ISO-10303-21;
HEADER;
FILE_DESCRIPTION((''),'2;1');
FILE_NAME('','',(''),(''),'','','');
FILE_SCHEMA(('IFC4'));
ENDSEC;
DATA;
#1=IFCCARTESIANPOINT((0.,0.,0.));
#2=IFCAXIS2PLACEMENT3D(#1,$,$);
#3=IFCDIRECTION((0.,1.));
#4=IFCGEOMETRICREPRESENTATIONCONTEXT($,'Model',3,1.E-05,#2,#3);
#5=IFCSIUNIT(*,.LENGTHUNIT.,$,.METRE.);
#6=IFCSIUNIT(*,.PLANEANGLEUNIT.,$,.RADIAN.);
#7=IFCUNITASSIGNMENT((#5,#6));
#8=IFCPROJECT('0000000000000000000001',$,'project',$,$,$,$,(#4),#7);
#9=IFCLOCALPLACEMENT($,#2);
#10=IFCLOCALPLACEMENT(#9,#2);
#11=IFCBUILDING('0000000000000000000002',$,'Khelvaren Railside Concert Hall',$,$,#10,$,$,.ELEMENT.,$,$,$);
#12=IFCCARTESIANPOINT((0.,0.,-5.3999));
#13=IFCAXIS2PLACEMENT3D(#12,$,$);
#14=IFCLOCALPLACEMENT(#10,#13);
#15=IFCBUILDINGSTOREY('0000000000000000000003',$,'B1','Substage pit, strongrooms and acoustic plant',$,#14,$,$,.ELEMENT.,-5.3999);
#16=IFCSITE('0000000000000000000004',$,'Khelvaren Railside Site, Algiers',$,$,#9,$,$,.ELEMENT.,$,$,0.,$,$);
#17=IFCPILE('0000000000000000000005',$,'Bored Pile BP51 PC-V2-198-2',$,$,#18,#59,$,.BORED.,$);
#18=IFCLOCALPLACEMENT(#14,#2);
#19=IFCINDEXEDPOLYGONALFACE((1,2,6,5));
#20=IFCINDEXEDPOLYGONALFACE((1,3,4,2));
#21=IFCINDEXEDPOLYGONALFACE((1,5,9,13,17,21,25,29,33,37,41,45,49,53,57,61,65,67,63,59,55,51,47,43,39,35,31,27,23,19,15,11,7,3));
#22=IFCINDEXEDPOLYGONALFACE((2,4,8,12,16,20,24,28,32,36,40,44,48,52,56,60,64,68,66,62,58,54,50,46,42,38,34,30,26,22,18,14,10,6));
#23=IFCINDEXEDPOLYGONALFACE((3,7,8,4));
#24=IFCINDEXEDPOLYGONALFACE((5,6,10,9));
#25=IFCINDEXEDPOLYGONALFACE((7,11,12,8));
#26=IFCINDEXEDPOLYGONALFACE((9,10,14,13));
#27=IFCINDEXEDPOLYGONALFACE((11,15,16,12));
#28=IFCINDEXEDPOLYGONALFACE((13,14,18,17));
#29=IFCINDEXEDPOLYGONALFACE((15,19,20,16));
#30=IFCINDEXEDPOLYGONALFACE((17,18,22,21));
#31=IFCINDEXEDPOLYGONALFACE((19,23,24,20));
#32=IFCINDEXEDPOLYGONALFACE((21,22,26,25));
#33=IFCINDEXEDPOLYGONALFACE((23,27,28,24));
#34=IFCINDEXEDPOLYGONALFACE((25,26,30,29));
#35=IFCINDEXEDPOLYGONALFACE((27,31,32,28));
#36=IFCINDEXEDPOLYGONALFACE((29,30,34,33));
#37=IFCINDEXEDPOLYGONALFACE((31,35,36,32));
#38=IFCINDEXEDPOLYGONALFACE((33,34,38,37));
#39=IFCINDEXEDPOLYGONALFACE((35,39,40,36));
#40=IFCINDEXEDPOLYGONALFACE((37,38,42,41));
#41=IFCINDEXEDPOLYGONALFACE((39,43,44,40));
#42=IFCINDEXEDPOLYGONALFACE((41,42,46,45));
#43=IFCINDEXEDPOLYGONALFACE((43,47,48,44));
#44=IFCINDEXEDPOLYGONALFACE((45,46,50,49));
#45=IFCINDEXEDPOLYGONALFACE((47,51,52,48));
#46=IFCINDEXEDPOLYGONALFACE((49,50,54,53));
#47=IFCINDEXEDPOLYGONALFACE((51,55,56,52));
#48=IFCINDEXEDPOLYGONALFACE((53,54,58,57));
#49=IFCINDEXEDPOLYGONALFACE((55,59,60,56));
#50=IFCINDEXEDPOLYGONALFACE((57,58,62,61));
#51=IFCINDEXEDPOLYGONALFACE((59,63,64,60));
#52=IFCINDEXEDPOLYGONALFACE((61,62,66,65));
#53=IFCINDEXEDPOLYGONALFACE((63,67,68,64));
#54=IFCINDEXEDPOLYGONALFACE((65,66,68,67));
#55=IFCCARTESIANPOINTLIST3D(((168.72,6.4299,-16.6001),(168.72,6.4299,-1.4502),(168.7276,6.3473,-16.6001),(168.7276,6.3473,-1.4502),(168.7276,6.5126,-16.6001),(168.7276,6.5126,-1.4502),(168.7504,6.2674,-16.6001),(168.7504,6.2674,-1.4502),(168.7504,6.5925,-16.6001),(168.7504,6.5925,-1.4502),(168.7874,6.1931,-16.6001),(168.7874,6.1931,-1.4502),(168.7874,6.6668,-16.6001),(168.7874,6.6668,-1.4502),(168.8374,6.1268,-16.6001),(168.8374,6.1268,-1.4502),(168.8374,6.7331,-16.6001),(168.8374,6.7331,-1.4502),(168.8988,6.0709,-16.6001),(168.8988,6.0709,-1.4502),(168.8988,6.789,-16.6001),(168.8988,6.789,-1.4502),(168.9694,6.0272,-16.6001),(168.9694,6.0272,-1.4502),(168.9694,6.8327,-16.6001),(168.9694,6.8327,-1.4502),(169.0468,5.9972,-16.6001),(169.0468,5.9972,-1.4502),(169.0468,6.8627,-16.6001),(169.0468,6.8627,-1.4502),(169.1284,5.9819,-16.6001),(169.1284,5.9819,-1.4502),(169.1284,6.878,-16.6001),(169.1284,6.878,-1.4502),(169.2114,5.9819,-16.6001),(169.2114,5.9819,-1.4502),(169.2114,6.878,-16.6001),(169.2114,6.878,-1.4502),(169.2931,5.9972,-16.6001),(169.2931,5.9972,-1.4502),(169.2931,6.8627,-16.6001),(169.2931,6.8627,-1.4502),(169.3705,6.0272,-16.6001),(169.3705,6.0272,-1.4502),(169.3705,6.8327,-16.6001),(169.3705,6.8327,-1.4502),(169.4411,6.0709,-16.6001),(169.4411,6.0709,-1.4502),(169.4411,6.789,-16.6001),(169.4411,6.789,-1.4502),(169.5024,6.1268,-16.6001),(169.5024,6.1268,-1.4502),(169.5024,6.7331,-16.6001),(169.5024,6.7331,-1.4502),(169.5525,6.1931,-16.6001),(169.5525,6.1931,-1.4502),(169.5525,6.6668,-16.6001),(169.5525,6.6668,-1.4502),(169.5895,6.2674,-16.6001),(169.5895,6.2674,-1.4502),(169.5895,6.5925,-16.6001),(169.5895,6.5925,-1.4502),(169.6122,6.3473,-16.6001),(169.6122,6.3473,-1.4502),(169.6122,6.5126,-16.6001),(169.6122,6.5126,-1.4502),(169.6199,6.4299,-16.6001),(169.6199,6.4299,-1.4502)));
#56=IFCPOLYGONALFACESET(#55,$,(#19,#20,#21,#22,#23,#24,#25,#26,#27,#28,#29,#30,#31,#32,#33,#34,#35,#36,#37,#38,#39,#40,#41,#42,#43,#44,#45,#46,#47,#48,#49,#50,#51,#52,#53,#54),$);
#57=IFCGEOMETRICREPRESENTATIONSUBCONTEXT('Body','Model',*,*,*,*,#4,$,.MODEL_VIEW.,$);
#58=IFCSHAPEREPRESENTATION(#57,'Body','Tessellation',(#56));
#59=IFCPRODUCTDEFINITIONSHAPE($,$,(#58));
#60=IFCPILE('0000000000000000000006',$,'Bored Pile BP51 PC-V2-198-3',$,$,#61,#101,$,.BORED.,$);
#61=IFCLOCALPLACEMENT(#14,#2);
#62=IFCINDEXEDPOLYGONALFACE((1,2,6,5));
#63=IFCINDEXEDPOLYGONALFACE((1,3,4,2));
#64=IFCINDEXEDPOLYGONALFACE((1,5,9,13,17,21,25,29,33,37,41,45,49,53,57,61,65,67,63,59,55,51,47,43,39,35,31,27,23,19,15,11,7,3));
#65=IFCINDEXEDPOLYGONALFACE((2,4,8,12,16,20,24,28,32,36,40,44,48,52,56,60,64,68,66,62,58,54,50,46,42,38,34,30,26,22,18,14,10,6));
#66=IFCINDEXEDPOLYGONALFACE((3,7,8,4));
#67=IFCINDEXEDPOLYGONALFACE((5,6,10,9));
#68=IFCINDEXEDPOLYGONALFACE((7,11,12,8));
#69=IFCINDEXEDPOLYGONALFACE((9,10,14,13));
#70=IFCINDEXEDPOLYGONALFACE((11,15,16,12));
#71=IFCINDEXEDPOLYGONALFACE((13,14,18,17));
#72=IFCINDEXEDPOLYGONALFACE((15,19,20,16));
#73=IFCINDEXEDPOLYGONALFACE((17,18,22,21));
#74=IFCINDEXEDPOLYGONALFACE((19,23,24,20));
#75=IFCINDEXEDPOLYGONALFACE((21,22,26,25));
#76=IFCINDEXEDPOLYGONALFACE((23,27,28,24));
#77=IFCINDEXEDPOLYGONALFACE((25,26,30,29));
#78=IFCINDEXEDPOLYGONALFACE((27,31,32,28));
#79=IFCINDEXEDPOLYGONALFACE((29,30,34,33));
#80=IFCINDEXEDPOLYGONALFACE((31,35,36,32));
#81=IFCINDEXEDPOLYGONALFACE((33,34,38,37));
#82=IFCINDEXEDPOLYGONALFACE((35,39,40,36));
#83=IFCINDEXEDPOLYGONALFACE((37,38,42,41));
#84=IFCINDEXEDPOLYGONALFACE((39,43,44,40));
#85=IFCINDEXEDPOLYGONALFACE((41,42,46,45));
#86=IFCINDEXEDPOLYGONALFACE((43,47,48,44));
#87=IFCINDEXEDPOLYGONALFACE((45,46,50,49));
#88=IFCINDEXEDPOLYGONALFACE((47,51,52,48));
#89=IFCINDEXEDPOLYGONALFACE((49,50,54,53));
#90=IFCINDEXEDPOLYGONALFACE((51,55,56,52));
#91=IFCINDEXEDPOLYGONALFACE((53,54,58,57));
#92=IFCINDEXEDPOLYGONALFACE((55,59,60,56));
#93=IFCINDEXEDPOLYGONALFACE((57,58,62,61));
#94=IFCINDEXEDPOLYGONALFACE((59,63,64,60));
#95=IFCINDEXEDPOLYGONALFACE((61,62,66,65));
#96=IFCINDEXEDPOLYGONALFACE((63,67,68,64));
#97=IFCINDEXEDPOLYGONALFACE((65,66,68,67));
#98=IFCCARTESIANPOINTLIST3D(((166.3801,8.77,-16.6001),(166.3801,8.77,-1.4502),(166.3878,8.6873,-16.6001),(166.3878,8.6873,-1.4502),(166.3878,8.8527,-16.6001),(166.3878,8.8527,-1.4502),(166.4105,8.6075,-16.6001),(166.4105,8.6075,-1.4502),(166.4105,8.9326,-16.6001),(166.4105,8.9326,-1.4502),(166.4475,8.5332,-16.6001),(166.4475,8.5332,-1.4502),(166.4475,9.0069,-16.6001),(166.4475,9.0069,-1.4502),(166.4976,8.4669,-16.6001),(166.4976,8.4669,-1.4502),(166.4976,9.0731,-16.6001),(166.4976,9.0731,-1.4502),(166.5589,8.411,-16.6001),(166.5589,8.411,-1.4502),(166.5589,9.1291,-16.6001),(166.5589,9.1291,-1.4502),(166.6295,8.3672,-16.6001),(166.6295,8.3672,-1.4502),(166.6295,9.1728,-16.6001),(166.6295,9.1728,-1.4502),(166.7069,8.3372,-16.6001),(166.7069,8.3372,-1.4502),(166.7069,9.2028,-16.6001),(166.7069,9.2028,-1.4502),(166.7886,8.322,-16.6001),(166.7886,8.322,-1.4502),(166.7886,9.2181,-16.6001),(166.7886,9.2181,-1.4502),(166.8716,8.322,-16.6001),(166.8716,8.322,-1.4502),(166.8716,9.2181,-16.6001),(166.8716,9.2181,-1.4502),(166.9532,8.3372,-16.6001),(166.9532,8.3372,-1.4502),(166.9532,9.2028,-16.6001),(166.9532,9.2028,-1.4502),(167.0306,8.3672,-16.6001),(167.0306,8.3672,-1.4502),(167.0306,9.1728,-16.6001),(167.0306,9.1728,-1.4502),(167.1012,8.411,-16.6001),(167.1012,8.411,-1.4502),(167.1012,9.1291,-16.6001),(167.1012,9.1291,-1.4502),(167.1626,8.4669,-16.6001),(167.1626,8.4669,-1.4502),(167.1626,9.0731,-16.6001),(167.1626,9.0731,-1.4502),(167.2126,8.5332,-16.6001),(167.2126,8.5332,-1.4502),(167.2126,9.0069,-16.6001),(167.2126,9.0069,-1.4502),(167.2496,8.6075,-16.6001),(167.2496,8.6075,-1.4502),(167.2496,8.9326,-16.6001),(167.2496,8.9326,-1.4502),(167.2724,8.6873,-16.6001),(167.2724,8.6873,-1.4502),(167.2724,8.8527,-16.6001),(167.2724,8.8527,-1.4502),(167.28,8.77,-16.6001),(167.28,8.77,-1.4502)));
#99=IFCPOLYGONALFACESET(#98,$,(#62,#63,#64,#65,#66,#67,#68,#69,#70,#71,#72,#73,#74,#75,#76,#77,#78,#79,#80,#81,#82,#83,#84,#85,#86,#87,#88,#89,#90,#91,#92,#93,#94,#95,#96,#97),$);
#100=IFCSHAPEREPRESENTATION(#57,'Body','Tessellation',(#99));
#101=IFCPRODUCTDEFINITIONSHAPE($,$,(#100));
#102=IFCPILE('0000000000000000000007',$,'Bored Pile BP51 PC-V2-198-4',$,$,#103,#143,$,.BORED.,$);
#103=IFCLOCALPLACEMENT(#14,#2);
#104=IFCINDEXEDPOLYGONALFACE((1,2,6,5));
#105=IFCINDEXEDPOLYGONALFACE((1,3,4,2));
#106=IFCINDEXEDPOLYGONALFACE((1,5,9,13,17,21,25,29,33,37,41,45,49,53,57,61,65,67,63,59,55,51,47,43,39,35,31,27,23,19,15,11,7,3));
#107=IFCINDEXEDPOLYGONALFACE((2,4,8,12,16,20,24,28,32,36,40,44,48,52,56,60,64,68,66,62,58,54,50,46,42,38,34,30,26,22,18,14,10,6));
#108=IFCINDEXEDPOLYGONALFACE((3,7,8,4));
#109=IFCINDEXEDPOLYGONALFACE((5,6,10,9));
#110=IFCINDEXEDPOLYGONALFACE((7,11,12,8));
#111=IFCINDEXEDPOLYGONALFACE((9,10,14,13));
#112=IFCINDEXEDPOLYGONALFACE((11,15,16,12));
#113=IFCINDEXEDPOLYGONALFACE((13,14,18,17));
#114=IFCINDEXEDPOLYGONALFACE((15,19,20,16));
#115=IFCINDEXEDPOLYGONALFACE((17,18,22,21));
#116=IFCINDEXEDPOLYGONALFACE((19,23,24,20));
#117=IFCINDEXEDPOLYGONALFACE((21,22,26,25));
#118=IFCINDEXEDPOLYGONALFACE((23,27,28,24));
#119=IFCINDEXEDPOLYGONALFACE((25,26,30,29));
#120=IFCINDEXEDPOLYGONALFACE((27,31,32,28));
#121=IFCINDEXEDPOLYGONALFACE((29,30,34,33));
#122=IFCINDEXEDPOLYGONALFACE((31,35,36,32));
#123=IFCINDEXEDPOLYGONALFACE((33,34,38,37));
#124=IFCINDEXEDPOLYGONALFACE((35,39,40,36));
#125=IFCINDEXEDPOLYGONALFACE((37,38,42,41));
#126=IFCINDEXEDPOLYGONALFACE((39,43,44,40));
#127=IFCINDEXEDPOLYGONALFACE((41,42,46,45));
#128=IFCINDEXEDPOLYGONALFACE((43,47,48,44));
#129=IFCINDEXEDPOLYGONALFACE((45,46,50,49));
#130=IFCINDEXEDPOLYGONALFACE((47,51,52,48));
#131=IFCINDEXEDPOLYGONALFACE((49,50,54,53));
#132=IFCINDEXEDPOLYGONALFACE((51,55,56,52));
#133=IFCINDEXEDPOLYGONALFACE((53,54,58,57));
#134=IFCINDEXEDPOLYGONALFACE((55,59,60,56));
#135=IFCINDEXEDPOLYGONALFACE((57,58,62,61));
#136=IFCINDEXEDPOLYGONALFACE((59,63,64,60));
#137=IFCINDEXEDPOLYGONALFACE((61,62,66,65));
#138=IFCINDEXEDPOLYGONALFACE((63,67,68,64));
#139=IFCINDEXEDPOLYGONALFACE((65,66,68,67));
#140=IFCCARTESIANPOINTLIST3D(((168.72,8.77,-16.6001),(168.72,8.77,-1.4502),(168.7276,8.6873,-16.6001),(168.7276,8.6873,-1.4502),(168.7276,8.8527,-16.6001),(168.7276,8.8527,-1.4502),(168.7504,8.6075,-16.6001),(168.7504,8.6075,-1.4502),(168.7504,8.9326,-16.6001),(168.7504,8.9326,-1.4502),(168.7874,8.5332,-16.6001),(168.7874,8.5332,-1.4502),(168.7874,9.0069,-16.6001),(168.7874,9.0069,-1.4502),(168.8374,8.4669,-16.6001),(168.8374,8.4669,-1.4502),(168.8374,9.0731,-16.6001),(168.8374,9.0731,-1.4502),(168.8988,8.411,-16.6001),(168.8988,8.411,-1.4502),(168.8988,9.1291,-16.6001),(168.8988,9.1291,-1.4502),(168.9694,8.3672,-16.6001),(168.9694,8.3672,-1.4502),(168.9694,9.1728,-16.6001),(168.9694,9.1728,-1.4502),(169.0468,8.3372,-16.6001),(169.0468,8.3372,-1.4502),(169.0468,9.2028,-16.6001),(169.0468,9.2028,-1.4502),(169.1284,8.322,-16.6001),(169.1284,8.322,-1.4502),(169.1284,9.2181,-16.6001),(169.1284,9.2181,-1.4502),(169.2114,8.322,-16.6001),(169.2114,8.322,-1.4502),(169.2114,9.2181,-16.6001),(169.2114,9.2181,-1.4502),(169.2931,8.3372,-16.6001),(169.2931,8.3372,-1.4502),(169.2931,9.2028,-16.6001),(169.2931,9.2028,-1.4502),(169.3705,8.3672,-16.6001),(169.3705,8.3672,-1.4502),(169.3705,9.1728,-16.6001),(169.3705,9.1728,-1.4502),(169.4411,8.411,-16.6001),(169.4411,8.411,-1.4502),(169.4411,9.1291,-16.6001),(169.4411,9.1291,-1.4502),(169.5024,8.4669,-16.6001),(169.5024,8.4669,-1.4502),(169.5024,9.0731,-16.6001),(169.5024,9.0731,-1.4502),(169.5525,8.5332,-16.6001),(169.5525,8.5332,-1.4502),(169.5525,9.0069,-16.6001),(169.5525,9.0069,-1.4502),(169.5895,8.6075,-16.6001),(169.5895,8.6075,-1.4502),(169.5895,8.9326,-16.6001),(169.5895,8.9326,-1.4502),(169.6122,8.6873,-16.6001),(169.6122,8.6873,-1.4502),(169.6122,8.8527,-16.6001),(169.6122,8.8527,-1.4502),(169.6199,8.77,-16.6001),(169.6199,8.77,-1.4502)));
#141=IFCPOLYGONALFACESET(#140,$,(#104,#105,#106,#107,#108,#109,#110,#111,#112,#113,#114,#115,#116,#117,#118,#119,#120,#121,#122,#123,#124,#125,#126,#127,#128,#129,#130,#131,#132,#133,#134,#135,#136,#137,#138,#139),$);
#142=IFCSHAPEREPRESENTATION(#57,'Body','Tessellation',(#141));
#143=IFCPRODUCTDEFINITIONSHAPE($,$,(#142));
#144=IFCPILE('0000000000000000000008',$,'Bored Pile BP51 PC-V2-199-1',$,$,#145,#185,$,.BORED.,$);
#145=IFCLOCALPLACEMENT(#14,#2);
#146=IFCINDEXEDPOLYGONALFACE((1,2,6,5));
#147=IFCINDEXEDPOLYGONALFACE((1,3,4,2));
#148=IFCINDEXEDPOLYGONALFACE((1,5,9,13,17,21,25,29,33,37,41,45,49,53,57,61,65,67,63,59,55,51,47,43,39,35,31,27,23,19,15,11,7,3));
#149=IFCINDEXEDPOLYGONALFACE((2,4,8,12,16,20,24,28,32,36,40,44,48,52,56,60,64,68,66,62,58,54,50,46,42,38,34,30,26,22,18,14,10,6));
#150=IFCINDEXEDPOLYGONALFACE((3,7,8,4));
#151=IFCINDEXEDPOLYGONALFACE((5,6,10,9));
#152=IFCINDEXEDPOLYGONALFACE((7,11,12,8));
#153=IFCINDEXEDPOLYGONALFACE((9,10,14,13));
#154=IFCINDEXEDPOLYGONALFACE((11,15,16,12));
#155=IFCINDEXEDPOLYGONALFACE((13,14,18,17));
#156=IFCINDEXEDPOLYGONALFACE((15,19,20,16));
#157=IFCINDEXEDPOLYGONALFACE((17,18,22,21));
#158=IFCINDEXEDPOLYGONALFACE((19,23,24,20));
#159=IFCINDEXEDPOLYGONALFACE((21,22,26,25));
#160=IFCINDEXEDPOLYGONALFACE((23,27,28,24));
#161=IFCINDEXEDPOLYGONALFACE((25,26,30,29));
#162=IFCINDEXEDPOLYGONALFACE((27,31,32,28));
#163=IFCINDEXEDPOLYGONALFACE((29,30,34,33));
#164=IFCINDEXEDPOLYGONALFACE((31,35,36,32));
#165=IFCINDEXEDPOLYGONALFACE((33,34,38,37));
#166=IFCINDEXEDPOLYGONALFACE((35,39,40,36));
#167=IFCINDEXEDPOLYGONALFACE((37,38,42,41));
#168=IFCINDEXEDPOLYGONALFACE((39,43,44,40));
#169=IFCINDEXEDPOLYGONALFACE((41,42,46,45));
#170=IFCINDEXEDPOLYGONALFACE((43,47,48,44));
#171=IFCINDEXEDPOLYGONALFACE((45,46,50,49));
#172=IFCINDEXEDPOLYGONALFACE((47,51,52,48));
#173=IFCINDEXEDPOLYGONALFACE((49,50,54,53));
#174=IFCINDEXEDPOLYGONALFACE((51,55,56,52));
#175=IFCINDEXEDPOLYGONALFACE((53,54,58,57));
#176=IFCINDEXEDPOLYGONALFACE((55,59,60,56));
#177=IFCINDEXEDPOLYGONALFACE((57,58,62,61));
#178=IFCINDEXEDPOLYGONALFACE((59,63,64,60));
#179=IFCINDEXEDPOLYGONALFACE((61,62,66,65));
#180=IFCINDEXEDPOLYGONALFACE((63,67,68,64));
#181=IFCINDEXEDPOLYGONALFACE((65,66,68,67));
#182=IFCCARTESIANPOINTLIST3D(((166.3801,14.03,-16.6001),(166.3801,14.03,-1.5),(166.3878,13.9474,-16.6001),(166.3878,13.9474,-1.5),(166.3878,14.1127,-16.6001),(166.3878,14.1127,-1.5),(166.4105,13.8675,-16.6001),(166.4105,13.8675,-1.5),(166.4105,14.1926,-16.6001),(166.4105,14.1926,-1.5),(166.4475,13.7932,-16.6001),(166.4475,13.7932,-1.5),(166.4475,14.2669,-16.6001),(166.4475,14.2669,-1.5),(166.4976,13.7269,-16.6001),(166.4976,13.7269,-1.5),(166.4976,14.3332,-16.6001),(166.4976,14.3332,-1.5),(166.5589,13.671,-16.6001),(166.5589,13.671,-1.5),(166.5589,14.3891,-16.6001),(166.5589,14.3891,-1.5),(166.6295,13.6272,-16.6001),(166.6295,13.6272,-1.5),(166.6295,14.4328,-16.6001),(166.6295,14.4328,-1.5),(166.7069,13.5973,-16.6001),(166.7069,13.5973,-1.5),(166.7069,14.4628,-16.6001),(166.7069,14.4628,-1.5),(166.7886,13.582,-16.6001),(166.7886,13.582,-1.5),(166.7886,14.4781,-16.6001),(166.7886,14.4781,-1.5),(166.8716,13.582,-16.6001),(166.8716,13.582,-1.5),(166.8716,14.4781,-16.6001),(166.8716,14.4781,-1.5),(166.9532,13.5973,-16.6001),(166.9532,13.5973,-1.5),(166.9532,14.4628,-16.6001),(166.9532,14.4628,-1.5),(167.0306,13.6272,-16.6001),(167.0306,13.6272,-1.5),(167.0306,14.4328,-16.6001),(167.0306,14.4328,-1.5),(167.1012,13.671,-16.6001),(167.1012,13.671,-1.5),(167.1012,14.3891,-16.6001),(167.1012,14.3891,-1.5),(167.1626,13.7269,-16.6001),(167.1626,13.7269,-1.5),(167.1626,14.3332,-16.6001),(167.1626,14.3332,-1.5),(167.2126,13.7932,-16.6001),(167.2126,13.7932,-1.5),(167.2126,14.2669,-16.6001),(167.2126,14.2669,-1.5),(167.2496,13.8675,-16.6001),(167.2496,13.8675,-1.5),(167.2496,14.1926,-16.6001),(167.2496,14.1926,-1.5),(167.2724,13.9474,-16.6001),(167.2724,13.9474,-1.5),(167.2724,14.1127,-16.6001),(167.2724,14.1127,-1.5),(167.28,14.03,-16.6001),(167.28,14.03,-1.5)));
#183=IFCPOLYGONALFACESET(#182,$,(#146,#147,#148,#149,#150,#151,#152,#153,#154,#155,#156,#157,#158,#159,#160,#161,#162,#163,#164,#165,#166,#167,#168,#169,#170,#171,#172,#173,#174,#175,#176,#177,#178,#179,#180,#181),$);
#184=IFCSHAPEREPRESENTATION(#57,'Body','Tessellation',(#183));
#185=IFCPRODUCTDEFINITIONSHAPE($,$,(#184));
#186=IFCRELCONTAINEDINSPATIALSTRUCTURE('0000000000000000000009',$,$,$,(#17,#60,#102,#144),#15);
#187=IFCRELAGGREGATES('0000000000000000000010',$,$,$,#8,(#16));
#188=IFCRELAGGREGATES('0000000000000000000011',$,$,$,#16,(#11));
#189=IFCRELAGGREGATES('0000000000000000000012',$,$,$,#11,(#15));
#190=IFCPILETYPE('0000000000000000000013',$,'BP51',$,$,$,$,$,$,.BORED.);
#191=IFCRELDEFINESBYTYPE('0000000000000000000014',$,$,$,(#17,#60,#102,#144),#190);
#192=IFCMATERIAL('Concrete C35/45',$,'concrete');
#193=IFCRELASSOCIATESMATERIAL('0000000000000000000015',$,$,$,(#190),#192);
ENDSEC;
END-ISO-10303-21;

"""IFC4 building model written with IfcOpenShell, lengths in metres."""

from ifc_helpers import new_model, si_unit, direction, frame, origin, origin_2d, place, context, subcontext, project, spatial, circle, extrude, material, material_profile, profile_set, type_object, element, save


model = new_model("IFC4")

# Units and contexts
model_context = context("Model", 3, precision=1e-05, world=origin(), true_north=direction((0.0, 1.0)))
body_context = subcontext(model_context, "Body", "Model", "MODEL_VIEW")
ifc_project = project(units=[si_unit("LENGTHUNIT", "METRE"), si_unit("PLANEANGLEUNIT", "RADIAN")], contexts=[model_context])

# Site, building, storey
site_placement = place(None, origin())
site = spatial("IfcSite", under=ifc_project, at=site_placement, Name="Khelvaren Railside Site, Algiers", CompositionType="ELEMENT", RefElevation=0.0)
building_placement = place(site_placement, origin())
building = spatial("IfcBuilding", under=site, at=building_placement, Name="Khelvaren Railside Concert Hall", CompositionType="ELEMENT")
storey_placement = place(building_placement, frame((0.0, 0.0, -5.3999)))
storey = spatial("IfcBuildingStorey", under=building, at=storey_placement, Name="B1", Description="Substage pit, strongrooms and acoustic plant", CompositionType="ELEMENT", Elevation=-5.3999)

# Piles
ifc_material_1 = material(Name="Concrete C35/45", Category="concrete")
ifc_material_profile_1 = material_profile(ifc_material_1, circle(Radius=0.45, at=origin_2d()), Name="BP D900")
ifc_profile_set_1 = profile_set([ifc_material_profile_1], Name="Concrete C35/45")
pile_type_1 = type_object("IfcPileType", Name="BP51", PredefinedType="BORED", material=ifc_profile_set_1)
for number, where, z_axis, x_axis, name in (
    (1, (169.1699, 6.4299, -1.4502), (0.0, 0.0, -1.0), (1.0, 0.0, 0.0), "Bored Pile BP51 PC-V2-198-2"),
    (2, (166.8301, 8.77, -1.4502), (0.0, 0.0, -1.0), (1.0, 0.0, 0.0), "Bored Pile BP51 PC-V2-198-3"),
    (3, (169.1699, 8.77, -1.4502), (0.0, 0.0, -1.0), (1.0, 0.0, 0.0), "Bored Pile BP51 PC-V2-198-4"),
):
    element("IfcPile", number, at=place(storey_placement, frame(where, z_axis=z_axis, x_axis=x_axis)), inside=storey, type_object=pile_type_1, Name=name, PredefinedType="BORED", context=body_context, shape_type="SweptSolid", body=[
        extrude(circle(Radius=0.45, at=origin_2d()), origin(), (0.0, 0.0, 1.0), 15.1499),
    ])
for number, where, z_axis, x_axis, name in (
    (4, (166.8301, 14.03, -1.5), (0.0, 0.0, -1.0), (1.0, 0.0, 0.0), "Bored Pile BP51 PC-V2-199-1"),
):
    element("IfcPile", number, at=place(storey_placement, frame(where, z_axis=z_axis, x_axis=x_axis)), inside=storey, type_object=pile_type_1, Name=name, PredefinedType="BORED", context=body_context, shape_type="SweptSolid", body=[
        extrude(circle(Radius=0.45, at=origin_2d()), origin(), (0.0, 0.0, 1.0), 15.1001),
    ])

save(model, "model.ifc")
